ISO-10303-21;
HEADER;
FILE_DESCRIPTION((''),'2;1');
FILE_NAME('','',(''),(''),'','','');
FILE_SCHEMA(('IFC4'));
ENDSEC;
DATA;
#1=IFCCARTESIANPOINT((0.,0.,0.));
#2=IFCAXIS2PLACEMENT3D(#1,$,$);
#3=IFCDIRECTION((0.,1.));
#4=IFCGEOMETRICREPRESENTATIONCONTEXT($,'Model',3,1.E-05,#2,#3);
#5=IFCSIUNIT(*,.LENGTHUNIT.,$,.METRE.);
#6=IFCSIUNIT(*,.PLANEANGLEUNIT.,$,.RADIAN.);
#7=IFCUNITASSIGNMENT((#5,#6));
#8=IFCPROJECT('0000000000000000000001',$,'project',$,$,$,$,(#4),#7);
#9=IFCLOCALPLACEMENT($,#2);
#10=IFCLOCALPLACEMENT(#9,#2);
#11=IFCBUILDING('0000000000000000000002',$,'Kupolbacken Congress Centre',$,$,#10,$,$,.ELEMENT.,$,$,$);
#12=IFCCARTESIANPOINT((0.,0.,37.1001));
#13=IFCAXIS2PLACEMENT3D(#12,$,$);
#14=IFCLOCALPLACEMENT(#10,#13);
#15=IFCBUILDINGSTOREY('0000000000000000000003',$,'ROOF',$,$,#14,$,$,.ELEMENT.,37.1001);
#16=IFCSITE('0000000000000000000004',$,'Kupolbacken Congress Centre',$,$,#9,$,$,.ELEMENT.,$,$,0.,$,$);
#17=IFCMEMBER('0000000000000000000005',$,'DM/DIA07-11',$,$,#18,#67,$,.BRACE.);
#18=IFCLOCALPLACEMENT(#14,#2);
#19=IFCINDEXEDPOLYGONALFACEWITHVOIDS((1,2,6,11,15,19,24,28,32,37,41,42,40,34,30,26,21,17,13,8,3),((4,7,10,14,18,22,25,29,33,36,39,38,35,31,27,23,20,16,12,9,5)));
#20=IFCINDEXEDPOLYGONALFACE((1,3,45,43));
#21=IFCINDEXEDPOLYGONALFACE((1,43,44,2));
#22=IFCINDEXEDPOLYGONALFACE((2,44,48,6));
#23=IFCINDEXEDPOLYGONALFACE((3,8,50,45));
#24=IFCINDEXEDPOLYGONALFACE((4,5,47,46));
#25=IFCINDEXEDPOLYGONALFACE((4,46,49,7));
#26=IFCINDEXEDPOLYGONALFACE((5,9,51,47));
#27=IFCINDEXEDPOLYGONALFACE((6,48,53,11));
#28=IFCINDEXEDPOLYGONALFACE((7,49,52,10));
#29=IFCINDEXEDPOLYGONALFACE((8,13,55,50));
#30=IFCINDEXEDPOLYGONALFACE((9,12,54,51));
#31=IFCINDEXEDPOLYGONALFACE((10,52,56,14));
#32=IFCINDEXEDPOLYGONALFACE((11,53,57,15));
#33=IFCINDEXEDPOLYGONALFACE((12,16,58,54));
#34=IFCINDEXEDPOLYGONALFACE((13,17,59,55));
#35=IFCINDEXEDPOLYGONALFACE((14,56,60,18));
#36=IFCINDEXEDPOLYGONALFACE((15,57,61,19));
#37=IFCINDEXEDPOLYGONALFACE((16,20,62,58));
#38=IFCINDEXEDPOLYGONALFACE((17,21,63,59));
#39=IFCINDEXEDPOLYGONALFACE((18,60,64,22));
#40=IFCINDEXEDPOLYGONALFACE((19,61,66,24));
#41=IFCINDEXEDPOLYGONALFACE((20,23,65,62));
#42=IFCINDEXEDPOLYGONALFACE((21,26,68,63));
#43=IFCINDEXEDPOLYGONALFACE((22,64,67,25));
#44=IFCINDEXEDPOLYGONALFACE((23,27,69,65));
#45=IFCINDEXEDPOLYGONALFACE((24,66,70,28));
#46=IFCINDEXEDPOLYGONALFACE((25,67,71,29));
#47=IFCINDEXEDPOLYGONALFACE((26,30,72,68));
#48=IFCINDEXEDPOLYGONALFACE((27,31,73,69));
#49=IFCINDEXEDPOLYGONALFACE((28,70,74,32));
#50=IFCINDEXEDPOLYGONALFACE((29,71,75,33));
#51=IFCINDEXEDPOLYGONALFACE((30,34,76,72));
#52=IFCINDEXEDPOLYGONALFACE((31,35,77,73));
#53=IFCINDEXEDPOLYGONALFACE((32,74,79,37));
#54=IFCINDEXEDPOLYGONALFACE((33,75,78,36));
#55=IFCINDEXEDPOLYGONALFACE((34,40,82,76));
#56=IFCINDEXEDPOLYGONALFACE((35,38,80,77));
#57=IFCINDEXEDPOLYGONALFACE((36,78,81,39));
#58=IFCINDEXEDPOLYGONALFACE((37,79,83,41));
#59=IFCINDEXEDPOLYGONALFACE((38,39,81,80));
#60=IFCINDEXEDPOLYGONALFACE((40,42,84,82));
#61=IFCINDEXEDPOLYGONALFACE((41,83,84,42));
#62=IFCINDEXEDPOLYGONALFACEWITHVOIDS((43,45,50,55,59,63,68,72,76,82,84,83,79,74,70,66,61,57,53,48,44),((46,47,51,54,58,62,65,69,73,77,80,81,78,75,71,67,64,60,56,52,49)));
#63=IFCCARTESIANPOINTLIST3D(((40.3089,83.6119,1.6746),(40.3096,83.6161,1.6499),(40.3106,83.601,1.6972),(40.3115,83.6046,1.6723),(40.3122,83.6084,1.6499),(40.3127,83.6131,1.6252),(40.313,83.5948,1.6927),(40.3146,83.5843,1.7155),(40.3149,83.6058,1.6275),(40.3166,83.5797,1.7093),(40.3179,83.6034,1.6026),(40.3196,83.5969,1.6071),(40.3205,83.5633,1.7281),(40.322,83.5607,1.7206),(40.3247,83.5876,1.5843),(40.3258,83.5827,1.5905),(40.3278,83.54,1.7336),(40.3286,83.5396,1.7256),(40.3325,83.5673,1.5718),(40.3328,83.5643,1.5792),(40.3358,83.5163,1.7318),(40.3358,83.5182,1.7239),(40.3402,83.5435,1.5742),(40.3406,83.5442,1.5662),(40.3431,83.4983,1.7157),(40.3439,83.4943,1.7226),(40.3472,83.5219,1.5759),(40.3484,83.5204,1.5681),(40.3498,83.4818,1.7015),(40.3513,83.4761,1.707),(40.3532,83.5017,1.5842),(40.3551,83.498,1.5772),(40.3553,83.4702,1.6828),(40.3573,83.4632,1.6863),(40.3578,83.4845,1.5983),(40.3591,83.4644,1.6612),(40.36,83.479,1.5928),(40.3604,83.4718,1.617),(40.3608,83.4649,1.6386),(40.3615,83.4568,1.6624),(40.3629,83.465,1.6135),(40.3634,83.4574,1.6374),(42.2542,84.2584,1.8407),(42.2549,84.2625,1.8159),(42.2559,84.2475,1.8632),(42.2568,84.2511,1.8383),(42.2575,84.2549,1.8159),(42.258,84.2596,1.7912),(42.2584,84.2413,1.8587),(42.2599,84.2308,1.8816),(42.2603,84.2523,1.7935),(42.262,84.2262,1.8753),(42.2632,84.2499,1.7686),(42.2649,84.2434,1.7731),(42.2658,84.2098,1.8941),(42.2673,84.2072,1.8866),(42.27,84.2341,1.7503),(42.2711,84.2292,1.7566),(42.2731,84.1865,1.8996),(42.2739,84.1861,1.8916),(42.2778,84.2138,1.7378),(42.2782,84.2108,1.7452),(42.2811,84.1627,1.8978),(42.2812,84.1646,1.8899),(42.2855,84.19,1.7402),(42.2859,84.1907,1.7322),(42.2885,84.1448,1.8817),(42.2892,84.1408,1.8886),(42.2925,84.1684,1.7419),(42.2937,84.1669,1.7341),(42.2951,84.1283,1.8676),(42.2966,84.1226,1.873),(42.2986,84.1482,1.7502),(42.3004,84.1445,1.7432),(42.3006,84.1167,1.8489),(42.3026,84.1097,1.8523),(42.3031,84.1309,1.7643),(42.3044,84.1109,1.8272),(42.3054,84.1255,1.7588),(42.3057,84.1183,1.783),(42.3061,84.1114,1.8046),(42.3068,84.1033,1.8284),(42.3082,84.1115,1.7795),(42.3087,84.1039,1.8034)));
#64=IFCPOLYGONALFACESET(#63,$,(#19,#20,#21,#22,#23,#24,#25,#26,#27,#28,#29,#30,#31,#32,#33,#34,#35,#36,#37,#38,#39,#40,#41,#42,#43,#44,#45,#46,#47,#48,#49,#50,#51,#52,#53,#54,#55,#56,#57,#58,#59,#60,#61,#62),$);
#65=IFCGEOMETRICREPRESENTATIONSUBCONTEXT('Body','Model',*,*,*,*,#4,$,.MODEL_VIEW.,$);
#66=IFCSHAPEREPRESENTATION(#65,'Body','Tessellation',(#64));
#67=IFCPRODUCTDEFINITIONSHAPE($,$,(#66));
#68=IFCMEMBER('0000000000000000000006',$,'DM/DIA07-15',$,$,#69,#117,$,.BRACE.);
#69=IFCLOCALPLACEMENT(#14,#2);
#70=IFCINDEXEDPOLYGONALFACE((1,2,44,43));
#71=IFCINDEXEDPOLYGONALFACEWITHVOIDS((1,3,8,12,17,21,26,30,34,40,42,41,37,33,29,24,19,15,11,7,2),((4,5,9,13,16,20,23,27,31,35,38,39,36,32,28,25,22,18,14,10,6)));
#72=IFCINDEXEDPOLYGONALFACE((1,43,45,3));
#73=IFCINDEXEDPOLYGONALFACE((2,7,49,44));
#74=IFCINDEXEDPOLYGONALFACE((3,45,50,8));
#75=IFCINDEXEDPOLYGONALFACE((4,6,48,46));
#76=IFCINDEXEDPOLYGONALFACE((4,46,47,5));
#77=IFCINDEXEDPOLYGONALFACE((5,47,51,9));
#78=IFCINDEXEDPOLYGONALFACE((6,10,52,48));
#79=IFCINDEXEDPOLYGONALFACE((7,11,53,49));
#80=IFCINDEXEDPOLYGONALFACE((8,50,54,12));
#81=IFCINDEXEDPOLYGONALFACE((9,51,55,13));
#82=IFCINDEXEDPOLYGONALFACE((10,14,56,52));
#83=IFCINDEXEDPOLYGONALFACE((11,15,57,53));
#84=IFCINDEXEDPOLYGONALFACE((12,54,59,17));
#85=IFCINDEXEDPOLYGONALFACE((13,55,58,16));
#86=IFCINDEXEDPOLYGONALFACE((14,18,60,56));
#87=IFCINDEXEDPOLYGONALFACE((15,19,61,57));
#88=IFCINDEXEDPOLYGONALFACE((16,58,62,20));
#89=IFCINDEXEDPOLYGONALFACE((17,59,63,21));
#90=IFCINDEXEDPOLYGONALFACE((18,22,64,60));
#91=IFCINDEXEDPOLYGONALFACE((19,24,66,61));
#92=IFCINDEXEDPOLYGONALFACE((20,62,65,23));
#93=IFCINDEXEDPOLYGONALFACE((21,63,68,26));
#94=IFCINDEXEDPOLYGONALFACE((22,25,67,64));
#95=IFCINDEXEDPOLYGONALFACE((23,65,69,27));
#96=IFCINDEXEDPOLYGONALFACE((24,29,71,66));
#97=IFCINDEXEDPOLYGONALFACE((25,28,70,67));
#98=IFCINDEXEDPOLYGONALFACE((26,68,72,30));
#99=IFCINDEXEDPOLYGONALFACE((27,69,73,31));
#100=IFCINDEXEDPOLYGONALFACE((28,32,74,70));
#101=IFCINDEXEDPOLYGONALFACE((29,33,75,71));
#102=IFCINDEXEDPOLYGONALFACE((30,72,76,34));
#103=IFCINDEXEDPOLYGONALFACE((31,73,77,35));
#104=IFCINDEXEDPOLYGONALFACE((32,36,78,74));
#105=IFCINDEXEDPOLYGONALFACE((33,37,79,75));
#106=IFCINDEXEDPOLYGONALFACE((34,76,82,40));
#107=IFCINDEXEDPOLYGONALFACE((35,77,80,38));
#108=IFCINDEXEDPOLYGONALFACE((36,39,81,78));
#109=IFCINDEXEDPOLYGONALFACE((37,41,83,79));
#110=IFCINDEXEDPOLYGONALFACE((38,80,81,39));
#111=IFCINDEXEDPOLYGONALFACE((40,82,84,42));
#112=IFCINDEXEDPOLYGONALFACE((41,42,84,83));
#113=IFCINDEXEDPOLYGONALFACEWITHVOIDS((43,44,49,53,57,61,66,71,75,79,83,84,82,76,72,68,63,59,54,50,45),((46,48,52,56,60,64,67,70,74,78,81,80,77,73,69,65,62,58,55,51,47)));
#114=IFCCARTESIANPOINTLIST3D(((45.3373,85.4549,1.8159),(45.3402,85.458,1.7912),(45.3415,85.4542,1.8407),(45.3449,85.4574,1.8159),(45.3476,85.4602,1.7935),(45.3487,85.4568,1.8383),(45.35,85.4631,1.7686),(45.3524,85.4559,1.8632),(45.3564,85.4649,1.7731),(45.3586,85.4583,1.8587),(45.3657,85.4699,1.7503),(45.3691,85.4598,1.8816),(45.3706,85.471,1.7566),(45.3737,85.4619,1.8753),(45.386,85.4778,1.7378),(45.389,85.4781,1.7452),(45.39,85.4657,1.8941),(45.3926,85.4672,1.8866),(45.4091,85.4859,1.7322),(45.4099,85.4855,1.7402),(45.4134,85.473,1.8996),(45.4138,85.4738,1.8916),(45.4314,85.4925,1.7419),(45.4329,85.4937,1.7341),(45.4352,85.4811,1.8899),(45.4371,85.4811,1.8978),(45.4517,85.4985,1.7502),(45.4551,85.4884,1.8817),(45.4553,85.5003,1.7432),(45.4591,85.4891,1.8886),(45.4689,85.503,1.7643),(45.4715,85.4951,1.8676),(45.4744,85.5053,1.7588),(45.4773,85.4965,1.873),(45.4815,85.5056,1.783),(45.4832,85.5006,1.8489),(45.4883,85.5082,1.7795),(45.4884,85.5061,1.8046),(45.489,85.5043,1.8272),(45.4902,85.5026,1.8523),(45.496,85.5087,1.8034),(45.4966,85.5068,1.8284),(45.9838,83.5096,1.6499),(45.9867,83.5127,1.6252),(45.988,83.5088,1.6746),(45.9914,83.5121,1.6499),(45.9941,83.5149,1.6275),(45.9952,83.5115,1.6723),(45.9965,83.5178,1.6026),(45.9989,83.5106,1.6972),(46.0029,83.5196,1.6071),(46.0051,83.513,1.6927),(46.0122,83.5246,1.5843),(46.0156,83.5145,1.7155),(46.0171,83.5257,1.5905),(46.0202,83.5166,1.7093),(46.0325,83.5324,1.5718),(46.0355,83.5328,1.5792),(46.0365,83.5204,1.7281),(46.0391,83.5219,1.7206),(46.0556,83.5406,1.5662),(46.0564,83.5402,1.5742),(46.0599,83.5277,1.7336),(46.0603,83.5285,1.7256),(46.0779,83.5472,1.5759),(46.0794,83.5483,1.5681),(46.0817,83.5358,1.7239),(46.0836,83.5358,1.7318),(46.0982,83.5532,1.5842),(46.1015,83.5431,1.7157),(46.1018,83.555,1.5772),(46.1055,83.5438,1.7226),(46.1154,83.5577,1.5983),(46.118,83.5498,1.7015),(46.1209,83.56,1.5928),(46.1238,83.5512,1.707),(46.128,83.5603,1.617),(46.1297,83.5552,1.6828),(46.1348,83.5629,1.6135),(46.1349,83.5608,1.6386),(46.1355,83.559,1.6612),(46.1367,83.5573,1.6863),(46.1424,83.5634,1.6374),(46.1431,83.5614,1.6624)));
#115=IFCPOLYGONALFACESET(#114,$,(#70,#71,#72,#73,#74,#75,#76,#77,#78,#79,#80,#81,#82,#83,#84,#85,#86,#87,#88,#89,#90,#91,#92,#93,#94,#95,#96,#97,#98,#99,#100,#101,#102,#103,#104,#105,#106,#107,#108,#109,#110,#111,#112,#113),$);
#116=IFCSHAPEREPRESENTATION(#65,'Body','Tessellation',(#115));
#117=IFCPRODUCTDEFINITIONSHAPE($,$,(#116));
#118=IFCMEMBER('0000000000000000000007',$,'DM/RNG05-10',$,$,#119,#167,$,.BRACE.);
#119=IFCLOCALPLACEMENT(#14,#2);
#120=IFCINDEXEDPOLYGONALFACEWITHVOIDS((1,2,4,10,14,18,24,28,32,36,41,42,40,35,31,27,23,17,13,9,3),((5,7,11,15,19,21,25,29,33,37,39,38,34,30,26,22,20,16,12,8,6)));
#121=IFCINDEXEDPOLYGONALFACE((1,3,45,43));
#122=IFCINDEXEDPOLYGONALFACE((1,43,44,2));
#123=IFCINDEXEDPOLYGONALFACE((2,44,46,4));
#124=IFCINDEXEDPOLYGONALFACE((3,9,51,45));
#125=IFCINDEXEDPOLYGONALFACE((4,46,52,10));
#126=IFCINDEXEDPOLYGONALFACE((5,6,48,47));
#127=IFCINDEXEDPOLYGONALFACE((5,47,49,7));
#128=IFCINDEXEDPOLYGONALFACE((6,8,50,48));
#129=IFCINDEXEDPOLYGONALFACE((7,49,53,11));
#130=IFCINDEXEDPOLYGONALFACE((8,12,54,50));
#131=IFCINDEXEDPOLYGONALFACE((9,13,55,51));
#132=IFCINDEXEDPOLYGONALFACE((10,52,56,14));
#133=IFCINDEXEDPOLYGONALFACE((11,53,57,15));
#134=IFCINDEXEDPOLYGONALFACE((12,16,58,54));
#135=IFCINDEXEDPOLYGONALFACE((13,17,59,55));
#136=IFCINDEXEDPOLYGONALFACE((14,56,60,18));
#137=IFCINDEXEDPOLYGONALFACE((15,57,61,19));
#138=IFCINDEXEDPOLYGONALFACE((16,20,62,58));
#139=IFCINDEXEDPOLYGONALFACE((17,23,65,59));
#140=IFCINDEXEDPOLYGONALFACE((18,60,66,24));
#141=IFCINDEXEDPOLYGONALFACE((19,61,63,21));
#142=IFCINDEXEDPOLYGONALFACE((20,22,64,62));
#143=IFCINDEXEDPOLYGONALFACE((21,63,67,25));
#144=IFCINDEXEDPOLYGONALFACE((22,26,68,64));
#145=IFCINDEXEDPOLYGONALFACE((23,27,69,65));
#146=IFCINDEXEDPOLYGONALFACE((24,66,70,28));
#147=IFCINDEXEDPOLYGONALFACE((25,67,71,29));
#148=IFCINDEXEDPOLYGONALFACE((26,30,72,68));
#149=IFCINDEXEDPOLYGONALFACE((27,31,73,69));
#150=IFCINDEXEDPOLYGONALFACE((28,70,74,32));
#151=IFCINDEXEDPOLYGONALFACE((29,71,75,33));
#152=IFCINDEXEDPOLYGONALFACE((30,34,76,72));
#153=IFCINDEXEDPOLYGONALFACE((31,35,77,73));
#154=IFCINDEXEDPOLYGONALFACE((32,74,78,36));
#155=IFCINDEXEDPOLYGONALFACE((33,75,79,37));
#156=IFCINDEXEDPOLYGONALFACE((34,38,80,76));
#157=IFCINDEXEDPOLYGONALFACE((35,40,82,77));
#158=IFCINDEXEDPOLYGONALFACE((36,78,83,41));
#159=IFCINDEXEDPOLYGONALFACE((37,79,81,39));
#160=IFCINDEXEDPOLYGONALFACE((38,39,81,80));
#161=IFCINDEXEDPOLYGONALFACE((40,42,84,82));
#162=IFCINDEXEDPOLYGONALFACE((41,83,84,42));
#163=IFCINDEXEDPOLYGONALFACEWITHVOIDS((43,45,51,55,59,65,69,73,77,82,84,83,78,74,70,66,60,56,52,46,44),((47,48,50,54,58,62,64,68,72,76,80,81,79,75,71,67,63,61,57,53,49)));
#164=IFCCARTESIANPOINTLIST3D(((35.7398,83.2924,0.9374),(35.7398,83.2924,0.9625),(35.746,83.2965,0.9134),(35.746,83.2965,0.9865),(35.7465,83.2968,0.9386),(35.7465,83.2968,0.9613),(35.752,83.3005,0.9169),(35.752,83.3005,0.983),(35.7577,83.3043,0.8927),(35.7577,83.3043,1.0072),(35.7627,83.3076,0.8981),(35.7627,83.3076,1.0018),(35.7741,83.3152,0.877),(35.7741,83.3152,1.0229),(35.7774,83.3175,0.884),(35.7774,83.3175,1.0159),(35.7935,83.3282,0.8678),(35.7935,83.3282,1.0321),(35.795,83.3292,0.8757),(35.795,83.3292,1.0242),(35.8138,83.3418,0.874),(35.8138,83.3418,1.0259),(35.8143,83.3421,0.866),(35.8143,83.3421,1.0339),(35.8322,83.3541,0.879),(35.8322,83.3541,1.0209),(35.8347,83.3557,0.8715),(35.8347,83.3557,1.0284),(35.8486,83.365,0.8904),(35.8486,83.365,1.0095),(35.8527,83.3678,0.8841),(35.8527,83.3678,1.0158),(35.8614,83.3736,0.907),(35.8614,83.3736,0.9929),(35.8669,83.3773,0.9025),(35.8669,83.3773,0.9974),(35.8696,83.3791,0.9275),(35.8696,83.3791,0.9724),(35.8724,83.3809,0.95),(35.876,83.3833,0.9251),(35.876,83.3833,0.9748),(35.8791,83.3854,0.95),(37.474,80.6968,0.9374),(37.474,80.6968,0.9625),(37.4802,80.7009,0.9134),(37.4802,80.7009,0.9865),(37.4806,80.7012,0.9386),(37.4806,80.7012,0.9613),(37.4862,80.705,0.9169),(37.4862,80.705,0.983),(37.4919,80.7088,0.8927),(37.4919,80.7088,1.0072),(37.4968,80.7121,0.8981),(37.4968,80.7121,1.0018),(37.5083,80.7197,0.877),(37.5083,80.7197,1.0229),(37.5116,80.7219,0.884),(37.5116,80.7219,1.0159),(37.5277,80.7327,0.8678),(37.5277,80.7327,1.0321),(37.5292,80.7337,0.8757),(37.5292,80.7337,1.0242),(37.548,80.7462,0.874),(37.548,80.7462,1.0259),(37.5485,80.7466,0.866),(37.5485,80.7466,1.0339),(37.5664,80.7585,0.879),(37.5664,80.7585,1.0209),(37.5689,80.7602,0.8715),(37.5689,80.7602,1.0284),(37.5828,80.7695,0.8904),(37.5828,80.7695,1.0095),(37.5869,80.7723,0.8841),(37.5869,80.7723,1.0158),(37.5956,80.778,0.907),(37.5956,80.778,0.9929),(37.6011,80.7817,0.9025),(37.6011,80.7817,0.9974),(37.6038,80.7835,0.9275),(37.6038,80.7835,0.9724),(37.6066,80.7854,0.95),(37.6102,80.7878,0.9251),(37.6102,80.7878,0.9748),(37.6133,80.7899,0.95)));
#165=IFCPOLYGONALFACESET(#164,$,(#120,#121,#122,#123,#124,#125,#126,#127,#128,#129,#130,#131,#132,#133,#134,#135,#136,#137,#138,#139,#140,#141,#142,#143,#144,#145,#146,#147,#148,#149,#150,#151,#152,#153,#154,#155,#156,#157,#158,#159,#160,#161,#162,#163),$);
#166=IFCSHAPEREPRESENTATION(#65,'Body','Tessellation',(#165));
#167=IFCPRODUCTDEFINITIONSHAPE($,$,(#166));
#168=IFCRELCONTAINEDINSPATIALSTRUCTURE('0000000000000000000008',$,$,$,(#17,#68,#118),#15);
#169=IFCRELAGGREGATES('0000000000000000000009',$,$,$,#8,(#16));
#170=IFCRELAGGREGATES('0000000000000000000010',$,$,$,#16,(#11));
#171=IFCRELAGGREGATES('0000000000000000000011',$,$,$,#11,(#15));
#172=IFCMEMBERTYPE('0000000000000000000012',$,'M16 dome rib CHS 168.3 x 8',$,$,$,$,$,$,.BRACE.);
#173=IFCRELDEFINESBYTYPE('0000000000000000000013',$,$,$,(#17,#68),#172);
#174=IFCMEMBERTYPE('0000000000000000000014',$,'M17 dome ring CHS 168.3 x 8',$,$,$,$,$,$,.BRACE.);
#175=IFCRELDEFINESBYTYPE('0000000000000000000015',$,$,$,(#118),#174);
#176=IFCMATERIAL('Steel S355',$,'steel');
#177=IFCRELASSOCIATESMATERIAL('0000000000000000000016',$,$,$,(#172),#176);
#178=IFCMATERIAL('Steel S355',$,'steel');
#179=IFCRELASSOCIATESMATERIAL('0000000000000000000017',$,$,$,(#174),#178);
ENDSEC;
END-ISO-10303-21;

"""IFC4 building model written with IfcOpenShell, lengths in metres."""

from ifc_helpers import new_model, si_unit, direction, frame, origin, origin_2d, place, context, subcontext, project, spatial, hollow_circle, extrude, material, material_profile, profile_set, type_object, element, save


model = new_model("IFC4")

# Units and contexts
model_context = context("Model", 3, precision=1e-05, world=origin(), true_north=direction((0.0, 1.0)))
body_context = subcontext(model_context, "Body", "Model", "MODEL_VIEW")
ifc_project = project(units=[si_unit("LENGTHUNIT", "METRE"), si_unit("PLANEANGLEUNIT", "RADIAN")], contexts=[model_context])

# Site, building, storey
site_placement = place(None, origin())
site = spatial("IfcSite", under=ifc_project, at=site_placement, Name="Kupolbacken Congress Centre", CompositionType="ELEMENT", RefElevation=0.0)
building_placement = place(site_placement, origin())
building = spatial("IfcBuilding", under=site, at=building_placement, Name="Kupolbacken Congress Centre", CompositionType="ELEMENT")
storey_placement = place(building_placement, frame((0.0, 0.0, 37.1001)))
storey = spatial("IfcBuildingStorey", under=building, at=storey_placement, Name="ROOF", CompositionType="ELEMENT", Elevation=37.1001)

# Members
ifc_material_1 = material(Name="Steel S355", Category="steel")
ifc_material_profile_1 = material_profile(ifc_material_1, hollow_circle(Radius=0.0842, WallThickness=0.0081, at=origin_2d()), Name="CHS 168.3 x 8")
ifc_profile_set_1 = profile_set([ifc_material_profile_1], Name="Steel S355")
member_type_1 = type_object("IfcMemberType", Name="M16 dome rib CHS 168.3 x 8", PredefinedType="BRACE", material=ifc_profile_set_1)
for number, where, z_axis, x_axis, name in (
    (1, (40.3362, 83.5361, 1.6499), (0.945872, 0.314341, 0.080722), (-0.31537, 0.948969, 0.0), "DM/DIA07-11"),
    (2, (46.0637, 83.5361, 1.6499), (-0.314341, 0.945872, 0.080722), (-0.948969, -0.31537, 0.0), "DM/DIA07-15"),
):
    element("IfcMember", number, at=place(storey_placement, frame(where, z_axis=z_axis, x_axis=x_axis)), inside=storey, type_object=member_type_1, Name=name, PredefinedType="BRACE", context=body_context, shape_type="SweptSolid", body=[
        extrude(hollow_circle(Radius=0.0842, WallThickness=0.0081, at=origin_2d()), origin(), (0.0, 0.0, 1.0), 2.0566),
    ])
ifc_material_2 = material(Name="Steel S355", Category="steel")
ifc_material_profile_2 = material_profile(ifc_material_2, hollow_circle(Radius=0.0842, WallThickness=0.0081, at=origin_2d()), Name="CHS 168.3 x 8")
ifc_profile_set_2 = profile_set([ifc_material_profile_2], Name="Steel S355")
member_type_2 = type_object("IfcMemberType", Name="M17 dome ring CHS 168.3 x 8", PredefinedType="BRACE", material=ifc_profile_set_2)
member_1_placement = place(storey_placement, frame((35.8091, 83.3386, 0.95), z_axis=(0.555548, -0.831484, 0.0), x_axis=(0.831484, 0.555548, 0.0)))
element("IfcMember", 3, at=member_1_placement, inside=storey, type_object=member_type_2, Name="DM/RNG05-10", PredefinedType="BRACE", context=body_context, shape_type="SweptSolid", body=[
    extrude(hollow_circle(Radius=0.0842, WallThickness=0.0081, at=origin_2d()), origin(), (0.0, 0.0, 1.0), 3.1216),
])

save(model, "model.ifc")
